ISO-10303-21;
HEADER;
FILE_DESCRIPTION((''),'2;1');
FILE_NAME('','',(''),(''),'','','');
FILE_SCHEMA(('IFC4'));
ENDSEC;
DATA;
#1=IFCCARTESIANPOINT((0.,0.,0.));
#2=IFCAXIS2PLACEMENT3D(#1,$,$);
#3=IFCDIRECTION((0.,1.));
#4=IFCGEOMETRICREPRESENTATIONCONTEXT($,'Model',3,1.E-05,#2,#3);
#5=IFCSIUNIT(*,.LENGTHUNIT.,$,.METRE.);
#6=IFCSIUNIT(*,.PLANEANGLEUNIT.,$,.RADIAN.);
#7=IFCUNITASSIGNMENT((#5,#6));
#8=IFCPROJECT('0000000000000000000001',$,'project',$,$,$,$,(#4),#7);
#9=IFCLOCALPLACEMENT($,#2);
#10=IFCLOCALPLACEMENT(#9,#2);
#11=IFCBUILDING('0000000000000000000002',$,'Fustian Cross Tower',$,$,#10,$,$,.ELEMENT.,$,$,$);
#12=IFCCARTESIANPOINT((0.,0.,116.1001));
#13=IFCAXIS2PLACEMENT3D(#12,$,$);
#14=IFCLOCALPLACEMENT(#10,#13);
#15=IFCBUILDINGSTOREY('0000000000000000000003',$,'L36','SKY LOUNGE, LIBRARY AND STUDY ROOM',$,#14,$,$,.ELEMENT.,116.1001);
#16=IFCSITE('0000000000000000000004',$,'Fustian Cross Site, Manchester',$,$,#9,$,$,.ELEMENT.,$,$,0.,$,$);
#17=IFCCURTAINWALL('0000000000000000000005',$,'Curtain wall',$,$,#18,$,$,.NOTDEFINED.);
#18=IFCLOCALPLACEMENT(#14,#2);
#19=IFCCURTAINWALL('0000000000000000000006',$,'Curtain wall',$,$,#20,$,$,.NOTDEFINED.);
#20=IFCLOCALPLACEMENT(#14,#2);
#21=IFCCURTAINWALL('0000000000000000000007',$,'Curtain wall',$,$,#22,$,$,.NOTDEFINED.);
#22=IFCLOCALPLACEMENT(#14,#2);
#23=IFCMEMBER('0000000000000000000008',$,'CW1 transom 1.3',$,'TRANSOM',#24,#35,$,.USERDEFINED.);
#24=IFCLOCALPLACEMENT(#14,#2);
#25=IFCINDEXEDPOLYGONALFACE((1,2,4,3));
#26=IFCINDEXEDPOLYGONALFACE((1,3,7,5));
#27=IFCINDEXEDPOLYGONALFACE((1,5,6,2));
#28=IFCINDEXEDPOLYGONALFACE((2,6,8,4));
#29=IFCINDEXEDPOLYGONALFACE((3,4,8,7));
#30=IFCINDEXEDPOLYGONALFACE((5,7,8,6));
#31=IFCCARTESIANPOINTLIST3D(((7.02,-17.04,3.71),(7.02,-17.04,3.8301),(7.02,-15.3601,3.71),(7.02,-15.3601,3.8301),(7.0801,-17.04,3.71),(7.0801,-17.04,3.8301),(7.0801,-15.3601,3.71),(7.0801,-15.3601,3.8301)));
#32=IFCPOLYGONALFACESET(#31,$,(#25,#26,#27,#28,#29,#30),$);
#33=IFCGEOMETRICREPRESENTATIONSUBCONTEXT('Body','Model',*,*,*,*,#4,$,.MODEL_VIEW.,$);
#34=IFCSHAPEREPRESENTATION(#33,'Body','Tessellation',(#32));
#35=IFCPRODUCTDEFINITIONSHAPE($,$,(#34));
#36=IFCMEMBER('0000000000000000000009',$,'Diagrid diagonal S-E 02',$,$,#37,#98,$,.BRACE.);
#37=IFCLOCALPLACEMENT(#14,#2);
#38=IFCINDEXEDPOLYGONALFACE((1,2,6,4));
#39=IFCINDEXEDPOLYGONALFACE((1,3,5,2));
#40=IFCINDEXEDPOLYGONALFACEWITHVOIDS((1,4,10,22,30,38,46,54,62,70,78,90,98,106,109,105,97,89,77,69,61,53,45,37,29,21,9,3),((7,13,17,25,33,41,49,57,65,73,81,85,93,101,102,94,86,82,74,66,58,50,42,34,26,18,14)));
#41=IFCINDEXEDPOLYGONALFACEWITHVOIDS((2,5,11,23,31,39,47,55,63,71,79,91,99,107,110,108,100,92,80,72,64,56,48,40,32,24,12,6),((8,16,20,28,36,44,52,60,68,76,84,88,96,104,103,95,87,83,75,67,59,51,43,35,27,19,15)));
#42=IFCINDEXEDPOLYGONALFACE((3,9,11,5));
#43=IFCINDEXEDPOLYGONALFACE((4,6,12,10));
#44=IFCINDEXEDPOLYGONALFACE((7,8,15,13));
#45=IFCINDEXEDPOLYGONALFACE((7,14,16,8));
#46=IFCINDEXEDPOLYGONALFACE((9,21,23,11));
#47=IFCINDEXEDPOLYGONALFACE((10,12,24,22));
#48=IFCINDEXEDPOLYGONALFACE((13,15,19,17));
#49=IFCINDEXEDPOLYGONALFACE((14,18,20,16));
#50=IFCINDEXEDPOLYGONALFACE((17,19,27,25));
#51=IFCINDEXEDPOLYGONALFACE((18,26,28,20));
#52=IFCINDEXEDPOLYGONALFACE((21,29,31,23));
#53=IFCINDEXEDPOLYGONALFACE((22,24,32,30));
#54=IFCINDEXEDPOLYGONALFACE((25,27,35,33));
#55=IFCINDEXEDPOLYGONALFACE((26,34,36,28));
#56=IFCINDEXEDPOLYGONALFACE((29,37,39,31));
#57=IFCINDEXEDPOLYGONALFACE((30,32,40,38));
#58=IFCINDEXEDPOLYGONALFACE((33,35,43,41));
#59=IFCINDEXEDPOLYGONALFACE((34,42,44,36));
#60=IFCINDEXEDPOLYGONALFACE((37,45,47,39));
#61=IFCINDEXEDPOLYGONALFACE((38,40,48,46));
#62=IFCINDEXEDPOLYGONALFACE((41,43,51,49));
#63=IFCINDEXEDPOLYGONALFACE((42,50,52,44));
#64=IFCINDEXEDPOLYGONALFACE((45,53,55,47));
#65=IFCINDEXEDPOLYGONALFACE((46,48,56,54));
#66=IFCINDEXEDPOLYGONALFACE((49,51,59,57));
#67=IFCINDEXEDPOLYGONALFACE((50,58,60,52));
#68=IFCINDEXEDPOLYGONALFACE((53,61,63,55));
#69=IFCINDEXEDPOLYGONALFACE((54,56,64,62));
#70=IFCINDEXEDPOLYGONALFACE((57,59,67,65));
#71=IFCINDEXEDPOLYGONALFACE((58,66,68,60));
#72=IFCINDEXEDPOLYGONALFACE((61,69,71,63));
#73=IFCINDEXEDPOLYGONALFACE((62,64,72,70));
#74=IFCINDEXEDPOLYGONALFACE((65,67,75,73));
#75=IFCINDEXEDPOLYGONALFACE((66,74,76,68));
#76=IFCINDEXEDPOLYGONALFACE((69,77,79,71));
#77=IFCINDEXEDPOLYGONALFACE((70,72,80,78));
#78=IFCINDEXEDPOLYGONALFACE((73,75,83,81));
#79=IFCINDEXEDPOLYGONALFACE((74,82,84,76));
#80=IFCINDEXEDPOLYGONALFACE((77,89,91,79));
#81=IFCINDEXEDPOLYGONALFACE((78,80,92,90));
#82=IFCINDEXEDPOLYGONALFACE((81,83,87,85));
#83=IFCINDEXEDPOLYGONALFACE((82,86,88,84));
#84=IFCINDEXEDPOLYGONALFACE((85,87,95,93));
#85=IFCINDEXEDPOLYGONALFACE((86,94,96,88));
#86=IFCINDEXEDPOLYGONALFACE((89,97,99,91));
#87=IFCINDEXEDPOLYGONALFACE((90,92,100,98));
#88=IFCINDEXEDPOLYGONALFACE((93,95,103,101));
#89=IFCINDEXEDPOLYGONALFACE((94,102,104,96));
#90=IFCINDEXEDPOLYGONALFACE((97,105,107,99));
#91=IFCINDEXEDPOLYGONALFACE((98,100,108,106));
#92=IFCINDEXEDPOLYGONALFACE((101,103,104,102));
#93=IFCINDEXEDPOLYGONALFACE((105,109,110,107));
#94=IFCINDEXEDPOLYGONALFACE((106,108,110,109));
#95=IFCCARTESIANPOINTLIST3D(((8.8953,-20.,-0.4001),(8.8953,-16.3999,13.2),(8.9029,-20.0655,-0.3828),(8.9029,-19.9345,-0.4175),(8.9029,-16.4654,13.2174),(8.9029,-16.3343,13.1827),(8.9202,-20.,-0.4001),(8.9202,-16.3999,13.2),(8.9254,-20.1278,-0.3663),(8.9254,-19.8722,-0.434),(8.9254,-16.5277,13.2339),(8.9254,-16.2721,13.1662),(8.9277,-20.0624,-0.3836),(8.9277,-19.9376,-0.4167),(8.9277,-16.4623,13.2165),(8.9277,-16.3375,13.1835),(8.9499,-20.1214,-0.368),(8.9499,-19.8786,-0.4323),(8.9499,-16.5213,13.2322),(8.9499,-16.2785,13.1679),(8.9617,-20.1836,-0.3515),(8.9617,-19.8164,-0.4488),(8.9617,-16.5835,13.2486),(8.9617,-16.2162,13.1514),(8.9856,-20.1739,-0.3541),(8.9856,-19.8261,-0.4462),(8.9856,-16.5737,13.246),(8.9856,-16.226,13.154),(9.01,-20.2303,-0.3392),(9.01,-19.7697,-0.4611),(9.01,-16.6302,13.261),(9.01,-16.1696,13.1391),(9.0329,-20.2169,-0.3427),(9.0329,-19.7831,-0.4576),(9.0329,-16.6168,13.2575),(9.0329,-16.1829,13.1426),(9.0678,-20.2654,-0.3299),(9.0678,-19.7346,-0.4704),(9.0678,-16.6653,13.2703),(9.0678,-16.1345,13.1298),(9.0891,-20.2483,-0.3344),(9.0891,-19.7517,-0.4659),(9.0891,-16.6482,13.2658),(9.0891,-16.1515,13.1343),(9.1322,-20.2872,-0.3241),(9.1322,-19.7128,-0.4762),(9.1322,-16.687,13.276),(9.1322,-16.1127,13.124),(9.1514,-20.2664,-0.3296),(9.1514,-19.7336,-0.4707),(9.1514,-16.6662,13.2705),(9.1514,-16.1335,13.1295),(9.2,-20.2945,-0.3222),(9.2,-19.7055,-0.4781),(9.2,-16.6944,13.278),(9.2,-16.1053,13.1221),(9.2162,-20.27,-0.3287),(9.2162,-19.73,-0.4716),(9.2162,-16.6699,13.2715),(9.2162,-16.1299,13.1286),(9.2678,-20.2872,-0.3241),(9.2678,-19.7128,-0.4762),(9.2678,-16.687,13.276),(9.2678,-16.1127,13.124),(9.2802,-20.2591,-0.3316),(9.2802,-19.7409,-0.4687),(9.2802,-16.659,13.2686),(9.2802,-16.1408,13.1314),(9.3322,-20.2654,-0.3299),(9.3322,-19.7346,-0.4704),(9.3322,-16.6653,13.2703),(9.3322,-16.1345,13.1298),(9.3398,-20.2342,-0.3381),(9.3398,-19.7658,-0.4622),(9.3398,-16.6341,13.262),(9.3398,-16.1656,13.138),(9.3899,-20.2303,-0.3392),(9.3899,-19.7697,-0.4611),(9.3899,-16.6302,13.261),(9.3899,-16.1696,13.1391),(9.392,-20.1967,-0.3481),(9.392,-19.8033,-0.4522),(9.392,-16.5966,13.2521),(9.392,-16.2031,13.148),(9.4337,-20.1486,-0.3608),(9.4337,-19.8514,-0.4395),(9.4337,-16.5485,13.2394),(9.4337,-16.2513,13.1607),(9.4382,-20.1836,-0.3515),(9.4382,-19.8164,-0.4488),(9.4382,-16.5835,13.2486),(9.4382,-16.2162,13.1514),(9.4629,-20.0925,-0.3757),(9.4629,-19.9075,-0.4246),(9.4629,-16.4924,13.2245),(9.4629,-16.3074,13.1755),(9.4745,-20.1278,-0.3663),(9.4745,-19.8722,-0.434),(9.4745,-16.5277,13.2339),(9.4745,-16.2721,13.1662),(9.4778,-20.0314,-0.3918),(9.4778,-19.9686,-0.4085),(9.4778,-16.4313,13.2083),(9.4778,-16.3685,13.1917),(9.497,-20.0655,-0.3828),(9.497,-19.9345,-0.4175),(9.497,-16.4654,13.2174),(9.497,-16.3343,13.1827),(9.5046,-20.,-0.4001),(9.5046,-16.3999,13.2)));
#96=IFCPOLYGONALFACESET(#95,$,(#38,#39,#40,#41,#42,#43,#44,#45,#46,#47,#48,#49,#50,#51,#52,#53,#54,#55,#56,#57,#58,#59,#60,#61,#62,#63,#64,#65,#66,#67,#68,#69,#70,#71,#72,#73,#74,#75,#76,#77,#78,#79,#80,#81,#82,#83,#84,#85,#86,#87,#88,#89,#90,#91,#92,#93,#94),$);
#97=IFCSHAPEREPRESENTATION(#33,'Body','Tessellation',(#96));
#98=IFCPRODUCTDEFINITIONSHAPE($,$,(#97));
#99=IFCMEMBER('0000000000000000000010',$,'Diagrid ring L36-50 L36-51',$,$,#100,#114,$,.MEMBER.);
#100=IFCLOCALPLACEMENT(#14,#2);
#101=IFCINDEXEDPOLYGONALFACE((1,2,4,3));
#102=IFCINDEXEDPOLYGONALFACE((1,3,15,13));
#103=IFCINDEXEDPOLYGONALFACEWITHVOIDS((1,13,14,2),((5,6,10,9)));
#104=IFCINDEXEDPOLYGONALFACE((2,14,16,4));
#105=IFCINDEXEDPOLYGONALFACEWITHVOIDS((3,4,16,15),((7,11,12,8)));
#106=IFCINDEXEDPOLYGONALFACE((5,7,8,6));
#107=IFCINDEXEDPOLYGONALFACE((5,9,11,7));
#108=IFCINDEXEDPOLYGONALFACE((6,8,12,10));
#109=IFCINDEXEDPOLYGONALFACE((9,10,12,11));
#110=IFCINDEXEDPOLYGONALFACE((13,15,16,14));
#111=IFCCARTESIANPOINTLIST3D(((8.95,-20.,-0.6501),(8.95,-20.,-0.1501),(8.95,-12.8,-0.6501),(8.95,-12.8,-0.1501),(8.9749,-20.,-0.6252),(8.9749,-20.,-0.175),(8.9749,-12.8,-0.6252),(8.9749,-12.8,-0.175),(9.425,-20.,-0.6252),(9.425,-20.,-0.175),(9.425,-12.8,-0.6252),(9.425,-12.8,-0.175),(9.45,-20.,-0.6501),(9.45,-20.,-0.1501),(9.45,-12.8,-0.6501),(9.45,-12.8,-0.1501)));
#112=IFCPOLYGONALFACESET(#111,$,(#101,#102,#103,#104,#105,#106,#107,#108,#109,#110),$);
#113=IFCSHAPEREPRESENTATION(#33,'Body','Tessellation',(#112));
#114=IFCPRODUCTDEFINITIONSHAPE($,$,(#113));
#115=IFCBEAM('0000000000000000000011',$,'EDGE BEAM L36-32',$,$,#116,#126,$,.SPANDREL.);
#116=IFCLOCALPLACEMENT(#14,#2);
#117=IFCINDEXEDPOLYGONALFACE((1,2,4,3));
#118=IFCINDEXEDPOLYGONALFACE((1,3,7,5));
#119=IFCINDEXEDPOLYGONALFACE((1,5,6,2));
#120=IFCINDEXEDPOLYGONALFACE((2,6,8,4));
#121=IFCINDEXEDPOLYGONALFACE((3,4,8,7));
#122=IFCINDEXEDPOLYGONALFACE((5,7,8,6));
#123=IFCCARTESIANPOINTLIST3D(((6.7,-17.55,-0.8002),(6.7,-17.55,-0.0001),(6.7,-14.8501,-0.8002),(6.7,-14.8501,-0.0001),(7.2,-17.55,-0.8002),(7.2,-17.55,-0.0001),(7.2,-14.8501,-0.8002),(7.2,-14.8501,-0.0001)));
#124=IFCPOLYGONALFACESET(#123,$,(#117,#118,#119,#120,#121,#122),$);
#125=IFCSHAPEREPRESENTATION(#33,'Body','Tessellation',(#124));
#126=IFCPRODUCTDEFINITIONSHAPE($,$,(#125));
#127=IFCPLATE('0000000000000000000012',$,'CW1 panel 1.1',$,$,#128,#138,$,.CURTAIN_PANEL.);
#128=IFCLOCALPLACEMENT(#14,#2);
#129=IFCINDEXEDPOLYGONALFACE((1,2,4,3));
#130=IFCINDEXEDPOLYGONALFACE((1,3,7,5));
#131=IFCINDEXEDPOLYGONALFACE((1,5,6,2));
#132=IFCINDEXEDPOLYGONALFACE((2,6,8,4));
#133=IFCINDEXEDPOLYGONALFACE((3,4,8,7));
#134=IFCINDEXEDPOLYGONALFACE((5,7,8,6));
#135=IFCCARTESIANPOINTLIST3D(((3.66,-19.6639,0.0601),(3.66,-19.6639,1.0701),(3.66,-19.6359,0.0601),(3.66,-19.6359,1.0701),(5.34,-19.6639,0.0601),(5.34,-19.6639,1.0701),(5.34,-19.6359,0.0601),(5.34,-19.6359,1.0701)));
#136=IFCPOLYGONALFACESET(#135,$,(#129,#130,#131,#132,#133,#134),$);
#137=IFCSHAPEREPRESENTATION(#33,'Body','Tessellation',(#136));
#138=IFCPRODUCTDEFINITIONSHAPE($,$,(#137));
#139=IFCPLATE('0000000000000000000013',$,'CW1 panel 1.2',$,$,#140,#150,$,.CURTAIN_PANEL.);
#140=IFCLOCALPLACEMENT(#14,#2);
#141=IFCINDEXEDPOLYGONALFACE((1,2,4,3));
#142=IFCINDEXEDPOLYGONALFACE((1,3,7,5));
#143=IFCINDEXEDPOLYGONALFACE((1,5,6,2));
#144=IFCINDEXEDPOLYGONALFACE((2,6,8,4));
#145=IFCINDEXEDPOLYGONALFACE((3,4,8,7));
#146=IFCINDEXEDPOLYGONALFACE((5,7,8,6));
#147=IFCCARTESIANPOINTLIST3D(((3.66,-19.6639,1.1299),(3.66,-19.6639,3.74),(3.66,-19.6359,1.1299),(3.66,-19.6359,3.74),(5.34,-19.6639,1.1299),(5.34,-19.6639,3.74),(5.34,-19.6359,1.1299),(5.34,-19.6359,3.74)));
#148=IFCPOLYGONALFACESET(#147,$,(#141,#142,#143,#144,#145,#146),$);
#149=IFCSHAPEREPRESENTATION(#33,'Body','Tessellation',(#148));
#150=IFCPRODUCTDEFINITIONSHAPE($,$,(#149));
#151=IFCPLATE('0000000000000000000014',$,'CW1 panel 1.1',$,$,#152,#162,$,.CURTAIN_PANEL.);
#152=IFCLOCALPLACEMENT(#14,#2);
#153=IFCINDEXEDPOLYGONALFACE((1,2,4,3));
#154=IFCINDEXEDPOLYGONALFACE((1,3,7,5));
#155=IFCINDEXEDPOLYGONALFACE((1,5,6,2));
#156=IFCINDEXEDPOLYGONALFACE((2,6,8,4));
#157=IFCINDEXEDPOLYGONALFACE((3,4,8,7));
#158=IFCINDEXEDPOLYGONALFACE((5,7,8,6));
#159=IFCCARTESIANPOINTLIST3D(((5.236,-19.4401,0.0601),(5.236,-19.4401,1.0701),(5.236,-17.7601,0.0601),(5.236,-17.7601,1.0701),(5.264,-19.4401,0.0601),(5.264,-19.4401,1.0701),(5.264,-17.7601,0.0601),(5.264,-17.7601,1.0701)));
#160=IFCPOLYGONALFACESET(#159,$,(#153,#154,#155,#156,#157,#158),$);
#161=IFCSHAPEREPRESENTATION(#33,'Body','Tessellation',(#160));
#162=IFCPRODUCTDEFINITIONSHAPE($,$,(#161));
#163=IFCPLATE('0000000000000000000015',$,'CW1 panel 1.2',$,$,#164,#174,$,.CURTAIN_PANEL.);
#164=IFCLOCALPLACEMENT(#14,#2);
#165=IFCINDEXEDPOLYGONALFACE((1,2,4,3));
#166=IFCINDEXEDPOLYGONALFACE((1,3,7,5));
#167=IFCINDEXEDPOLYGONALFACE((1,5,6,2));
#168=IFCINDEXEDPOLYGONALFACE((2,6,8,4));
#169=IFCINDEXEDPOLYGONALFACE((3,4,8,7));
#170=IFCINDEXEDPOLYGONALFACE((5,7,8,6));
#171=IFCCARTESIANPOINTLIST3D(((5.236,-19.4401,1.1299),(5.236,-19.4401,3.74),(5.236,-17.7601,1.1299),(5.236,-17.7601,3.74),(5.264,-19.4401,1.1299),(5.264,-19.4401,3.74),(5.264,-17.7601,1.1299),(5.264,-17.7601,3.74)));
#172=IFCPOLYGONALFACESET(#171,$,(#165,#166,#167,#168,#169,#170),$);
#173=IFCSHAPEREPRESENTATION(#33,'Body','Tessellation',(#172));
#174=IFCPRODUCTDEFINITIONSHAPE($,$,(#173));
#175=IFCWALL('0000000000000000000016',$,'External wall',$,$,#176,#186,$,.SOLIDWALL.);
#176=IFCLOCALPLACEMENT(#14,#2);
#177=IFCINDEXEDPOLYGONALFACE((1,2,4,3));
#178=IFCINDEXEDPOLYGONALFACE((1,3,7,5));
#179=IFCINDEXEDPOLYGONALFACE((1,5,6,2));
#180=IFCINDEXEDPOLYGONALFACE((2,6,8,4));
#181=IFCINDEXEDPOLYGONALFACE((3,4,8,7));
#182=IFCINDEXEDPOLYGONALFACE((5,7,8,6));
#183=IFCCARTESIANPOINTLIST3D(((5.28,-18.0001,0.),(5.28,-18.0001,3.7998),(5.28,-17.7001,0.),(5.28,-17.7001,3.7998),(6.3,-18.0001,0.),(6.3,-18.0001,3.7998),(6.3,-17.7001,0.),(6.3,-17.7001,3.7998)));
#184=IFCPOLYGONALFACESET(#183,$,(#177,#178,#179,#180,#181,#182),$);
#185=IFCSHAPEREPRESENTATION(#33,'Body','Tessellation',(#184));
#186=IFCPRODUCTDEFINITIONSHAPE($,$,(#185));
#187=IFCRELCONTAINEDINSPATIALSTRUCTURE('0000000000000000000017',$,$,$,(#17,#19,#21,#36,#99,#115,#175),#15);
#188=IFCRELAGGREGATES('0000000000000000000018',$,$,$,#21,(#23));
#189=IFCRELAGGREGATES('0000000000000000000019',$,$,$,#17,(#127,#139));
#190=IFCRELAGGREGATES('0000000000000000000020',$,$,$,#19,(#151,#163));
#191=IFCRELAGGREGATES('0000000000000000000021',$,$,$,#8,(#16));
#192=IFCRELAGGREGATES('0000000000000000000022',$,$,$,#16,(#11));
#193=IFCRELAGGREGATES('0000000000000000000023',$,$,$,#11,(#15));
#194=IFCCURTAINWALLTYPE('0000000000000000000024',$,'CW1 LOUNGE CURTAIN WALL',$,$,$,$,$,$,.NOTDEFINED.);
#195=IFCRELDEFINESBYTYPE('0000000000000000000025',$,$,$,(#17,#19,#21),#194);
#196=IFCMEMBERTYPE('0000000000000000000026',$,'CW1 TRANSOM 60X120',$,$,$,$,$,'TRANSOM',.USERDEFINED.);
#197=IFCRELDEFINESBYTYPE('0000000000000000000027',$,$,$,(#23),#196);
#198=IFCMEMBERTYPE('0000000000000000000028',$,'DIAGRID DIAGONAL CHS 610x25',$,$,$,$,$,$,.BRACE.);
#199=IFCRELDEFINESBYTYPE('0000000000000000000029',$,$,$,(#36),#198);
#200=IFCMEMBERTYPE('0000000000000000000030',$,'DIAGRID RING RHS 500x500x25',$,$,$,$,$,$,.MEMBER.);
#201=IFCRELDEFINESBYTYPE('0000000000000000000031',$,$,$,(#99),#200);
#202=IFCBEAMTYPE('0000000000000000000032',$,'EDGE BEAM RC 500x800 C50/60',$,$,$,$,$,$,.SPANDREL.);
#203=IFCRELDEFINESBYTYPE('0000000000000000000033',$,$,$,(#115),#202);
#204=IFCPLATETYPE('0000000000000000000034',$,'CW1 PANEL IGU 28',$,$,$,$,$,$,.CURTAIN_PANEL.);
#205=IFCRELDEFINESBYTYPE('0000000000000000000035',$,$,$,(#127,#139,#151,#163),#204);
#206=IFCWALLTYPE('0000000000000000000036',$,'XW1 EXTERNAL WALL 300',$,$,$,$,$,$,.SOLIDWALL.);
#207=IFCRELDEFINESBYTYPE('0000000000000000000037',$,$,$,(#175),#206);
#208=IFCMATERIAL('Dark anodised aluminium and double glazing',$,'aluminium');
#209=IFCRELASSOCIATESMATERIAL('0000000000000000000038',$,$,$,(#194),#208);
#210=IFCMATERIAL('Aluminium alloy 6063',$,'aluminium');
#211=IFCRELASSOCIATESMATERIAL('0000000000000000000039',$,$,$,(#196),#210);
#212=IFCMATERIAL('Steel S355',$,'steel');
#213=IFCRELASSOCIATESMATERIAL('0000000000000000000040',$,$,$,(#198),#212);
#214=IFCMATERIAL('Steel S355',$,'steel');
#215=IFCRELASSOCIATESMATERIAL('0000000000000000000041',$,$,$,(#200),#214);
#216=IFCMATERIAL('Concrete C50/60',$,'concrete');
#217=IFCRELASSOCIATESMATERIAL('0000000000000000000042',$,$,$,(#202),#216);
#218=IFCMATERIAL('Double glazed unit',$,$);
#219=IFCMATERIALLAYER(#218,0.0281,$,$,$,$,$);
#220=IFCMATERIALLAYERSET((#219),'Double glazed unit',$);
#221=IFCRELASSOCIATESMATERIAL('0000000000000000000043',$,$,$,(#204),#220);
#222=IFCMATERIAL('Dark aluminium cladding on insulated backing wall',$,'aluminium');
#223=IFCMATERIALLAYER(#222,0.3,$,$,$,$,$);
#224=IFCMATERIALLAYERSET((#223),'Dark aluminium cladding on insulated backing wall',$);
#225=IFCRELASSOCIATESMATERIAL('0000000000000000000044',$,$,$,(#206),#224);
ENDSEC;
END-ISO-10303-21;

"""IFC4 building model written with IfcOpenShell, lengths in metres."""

from ifc_helpers import new_model, si_unit, direction, frame, frame_2d, origin, origin_2d, place, context, subcontext, project, spatial, rectangle, hollow_rectangle, hollow_circle, extrude, material, layer, layer_set, material_profile, profile_set, type_object, element, aggregate, save


model = new_model("IFC4")

# Units and contexts
model_context = context("Model", 3, precision=1e-05, world=origin(), true_north=direction((0.0, 1.0)))
body_context = subcontext(model_context, "Body", "Model", "MODEL_VIEW")
ifc_project = project(units=[si_unit("LENGTHUNIT", "METRE"), si_unit("PLANEANGLEUNIT", "RADIAN")], contexts=[model_context])

# Site, building, storey
site_placement = place(None, origin())
site = spatial("IfcSite", under=ifc_project, at=site_placement, Name="Fustian Cross Site, Manchester", CompositionType="ELEMENT", RefElevation=0.0)
building_placement = place(site_placement, origin())
building = spatial("IfcBuilding", under=site, at=building_placement, Name="Fustian Cross Tower", CompositionType="ELEMENT")
storey_placement = place(building_placement, frame((0.0, 0.0, 116.1001)))
storey = spatial("IfcBuildingStorey", under=building, at=storey_placement, Name="L36", Description="SKY LOUNGE, LIBRARY AND STUDY ROOM", CompositionType="ELEMENT", Elevation=116.1001)

# Curtain walls
ifc_material_1 = material(Name="Dark anodised aluminium and double glazing", Category="aluminium")
curtain_wall_type = type_object("IfcCurtainWallType", Name="CW1 LOUNGE CURTAIN WALL", PredefinedType="NOTDEFINED", material=ifc_material_1)
curtain_wall_1_placement = place(storey_placement, origin())
curtain_wall_1 = element("IfcCurtainWall", 1, at=curtain_wall_1_placement, inside=storey, type_object=curtain_wall_type, Name="Curtain wall", PredefinedType="NOTDEFINED")
curtain_wall_2_placement = place(storey_placement, origin())
curtain_wall_2 = element("IfcCurtainWall", 2, at=curtain_wall_2_placement, inside=storey, type_object=curtain_wall_type, Name="Curtain wall", PredefinedType="NOTDEFINED")

# Curtain wall
curtain_wall_3_placement = place(storey_placement, origin())
curtain_wall_3 = element("IfcCurtainWall", 3, at=curtain_wall_3_placement, inside=storey, type_object=curtain_wall_type, Name="Curtain wall", PredefinedType="NOTDEFINED")

# Member
ifc_material_2 = material(Name="Aluminium alloy 6063", Category="aluminium")
ifc_material_profile_1 = material_profile(ifc_material_2, rectangle(XDim=0.0601, YDim=0.1201, at=origin_2d()), Name="CW1 TRANSOM 60X120")
ifc_profile_set_1 = profile_set([ifc_material_profile_1], Name="Aluminium alloy 6063")
member_type_1 = type_object("IfcMemberType", Name="CW1 TRANSOM 60X120", ElementType="TRANSOM", PredefinedType="USERDEFINED", material=ifc_profile_set_1)
member_1_placement = place(storey_placement, frame((7.05, -17.04, 3.77), z_axis=(0.0, 1.0, 0.0), x_axis=(-1.0, 0.0, 0.0)))
member_1 = element("IfcMember", 4, at=member_1_placement, type_object=member_type_1, Name="CW1 transom 1.3", ObjectType="TRANSOM", PredefinedType="USERDEFINED", context=body_context, shape_type="SweptSolid", body=[
    extrude(rectangle(XDim=0.0601, YDim=0.1201, at=origin_2d()), origin(), (0.0, 0.0, 1.0), 1.6799),
])
aggregate(curtain_wall_3, [member_1])

# Members
ifc_material_3 = material(Name="Steel S355", Category="steel")
ifc_material_profile_2 = material_profile(ifc_material_3, hollow_circle(Radius=0.3047, WallThickness=0.0249, at=origin_2d()), Name="CHS 610x25")
ifc_profile_set_2 = profile_set([ifc_material_profile_2], Name="Steel S355")
member_type_2 = type_object("IfcMemberType", Name="DIAGRID DIAGONAL CHS 610x25", PredefinedType="BRACE", material=ifc_profile_set_2)
member_2_placement = place(storey_placement, frame((9.2, -20.0, -0.4001), z_axis=(0.0, 0.255897, 0.966704), x_axis=(-1.0, 0.0, 0.0)))
element("IfcMember", 5, at=member_2_placement, inside=storey, type_object=member_type_2, Name="Diagrid diagonal S-E 02", PredefinedType="BRACE", context=body_context, shape_type="SweptSolid", body=[
    extrude(hollow_circle(Radius=0.3047, WallThickness=0.0249, at=origin_2d()), origin(), (0.0, 0.0, 1.0), 14.0686),
])
ifc_material_4 = material(Name="Steel S355", Category="steel")
ifc_material_profile_3 = material_profile(ifc_material_4, hollow_rectangle(XDim=0.5, YDim=0.5, WallThickness=0.0249, at=origin_2d()), Name="RHS 500x500x25")
ifc_profile_set_3 = profile_set([ifc_material_profile_3], Name="Steel S355")
member_type_3 = type_object("IfcMemberType", Name="DIAGRID RING RHS 500x500x25", PredefinedType="MEMBER", material=ifc_profile_set_3)
member_3_placement = place(storey_placement, frame((9.2, -20.0, -0.4001), z_axis=(0.0, 1.0, 0.0), x_axis=(-1.0, 0.0, 0.0)))
element("IfcMember", 6, at=member_3_placement, inside=storey, type_object=member_type_3, Name="Diagrid ring L36-50 L36-51", PredefinedType="MEMBER", context=body_context, shape_type="SweptSolid", body=[
    extrude(hollow_rectangle(XDim=0.5, YDim=0.5, WallThickness=0.0249, at=origin_2d()), origin(), (0.0, 0.0, 1.0), 7.2),
])

# Beam
ifc_material_5 = material(Name="Concrete C50/60", Category="concrete")
ifc_material_profile_4 = material_profile(ifc_material_5, rectangle(XDim=0.5, YDim=0.8, at=origin_2d()), Name="RC 500x800")
ifc_profile_set_4 = profile_set([ifc_material_profile_4], Name="Concrete C50/60")
beam_type = type_object("IfcBeamType", Name="EDGE BEAM RC 500x800 C50/60", PredefinedType="SPANDREL", material=ifc_profile_set_4)
beam_placement = place(storey_placement, frame((6.95, -17.55, -0.4001), z_axis=(0.0, 1.0, 0.0), x_axis=(-1.0, 0.0, 0.0)))
element("IfcBeam", 7, at=beam_placement, inside=storey, type_object=beam_type, Name="EDGE BEAM L36-32", PredefinedType="SPANDREL", context=body_context, shape_type="SweptSolid", body=[
    extrude(rectangle(XDim=0.5, YDim=0.8, at=origin_2d()), origin(), (0.0, 0.0, 1.0), 2.7),
])

# Plates
ifc_material_6 = material(Name="Double glazed unit")
ifc_layer_1 = layer(ifc_material_6, 0.0281)
ifc_layer_set_1 = layer_set([ifc_layer_1], Name="Double glazed unit")
plate_type = type_object("IfcPlateType", Name="CW1 PANEL IGU 28", PredefinedType="CURTAIN_PANEL", material=ifc_layer_set_1)
plate_1_placement = place(storey_placement, frame((4.5, -19.6499, 0.0601), z_axis=(0.0, 0.0, 1.0), x_axis=(1.0, 0.0, 0.0)))
plate_1 = element("IfcPlate", 8, at=plate_1_placement, type_object=plate_type, Name="CW1 panel 1.1", PredefinedType="CURTAIN_PANEL", context=body_context, shape_type="SweptSolid", body=[
    extrude(rectangle(XDim=1.6799, YDim=0.0281, at=origin_2d()), origin(), (0.0, 0.0, 1.0), 1.01),
])
plate_2_placement = place(storey_placement, frame((4.5, -19.6499, 1.1299), z_axis=(0.0, 0.0, 1.0), x_axis=(1.0, 0.0, 0.0)))
plate_2 = element("IfcPlate", 9, at=plate_2_placement, type_object=plate_type, Name="CW1 panel 1.2", PredefinedType="CURTAIN_PANEL", context=body_context, shape_type="SweptSolid", body=[
    extrude(rectangle(XDim=1.6799, YDim=0.0281, at=origin_2d()), origin(), (0.0, 0.0, 1.0), 2.6101),
])
aggregate(curtain_wall_1, [plate_1, plate_2])
plate_3_placement = place(storey_placement, frame((5.25, -18.6001, 0.0601), z_axis=(0.0, 0.0, 1.0), x_axis=(0.0, 1.0, 0.0)))
plate_3 = element("IfcPlate", 10, at=plate_3_placement, type_object=plate_type, Name="CW1 panel 1.1", PredefinedType="CURTAIN_PANEL", context=body_context, shape_type="SweptSolid", body=[
    extrude(rectangle(XDim=1.6799, YDim=0.0281, at=origin_2d()), origin(), (0.0, 0.0, 1.0), 1.01),
])
plate_4_placement = place(storey_placement, frame((5.25, -18.6001, 1.1299), z_axis=(0.0, 0.0, 1.0), x_axis=(0.0, 1.0, 0.0)))
plate_4 = element("IfcPlate", 11, at=plate_4_placement, type_object=plate_type, Name="CW1 panel 1.2", PredefinedType="CURTAIN_PANEL", context=body_context, shape_type="SweptSolid", body=[
    extrude(rectangle(XDim=1.6799, YDim=0.0281, at=origin_2d()), origin(), (0.0, 0.0, 1.0), 2.6101),
])
aggregate(curtain_wall_2, [plate_3, plate_4])

# Wall
ifc_material_7 = material(Name="Dark aluminium cladding on insulated backing wall", Category="aluminium")
ifc_layer_2 = layer(ifc_material_7, 0.3)
ifc_layer_set_2 = layer_set([ifc_layer_2], Name="Dark aluminium cladding on insulated backing wall")
wall_type = type_object("IfcWallType", Name="XW1 EXTERNAL WALL 300", PredefinedType="SOLIDWALL", material=ifc_layer_set_2)
wall_placement = place(storey_placement, frame((5.28, -17.8501, 0.0), z_axis=(0.0, 0.0, 1.0), x_axis=(1.0, 0.0, 0.0)))
element("IfcWall", 12, at=wall_placement, inside=storey, type_object=wall_type, Name="External wall", PredefinedType="SOLIDWALL", context=body_context, shape_type="SweptSolid", body=[
    extrude(rectangle(XDim=1.02, YDim=0.3, at=frame_2d((0.51, 0.0))), origin(), (0.0, 0.0, 1.0), 3.7998),
])

save(model, "model.ifc")
